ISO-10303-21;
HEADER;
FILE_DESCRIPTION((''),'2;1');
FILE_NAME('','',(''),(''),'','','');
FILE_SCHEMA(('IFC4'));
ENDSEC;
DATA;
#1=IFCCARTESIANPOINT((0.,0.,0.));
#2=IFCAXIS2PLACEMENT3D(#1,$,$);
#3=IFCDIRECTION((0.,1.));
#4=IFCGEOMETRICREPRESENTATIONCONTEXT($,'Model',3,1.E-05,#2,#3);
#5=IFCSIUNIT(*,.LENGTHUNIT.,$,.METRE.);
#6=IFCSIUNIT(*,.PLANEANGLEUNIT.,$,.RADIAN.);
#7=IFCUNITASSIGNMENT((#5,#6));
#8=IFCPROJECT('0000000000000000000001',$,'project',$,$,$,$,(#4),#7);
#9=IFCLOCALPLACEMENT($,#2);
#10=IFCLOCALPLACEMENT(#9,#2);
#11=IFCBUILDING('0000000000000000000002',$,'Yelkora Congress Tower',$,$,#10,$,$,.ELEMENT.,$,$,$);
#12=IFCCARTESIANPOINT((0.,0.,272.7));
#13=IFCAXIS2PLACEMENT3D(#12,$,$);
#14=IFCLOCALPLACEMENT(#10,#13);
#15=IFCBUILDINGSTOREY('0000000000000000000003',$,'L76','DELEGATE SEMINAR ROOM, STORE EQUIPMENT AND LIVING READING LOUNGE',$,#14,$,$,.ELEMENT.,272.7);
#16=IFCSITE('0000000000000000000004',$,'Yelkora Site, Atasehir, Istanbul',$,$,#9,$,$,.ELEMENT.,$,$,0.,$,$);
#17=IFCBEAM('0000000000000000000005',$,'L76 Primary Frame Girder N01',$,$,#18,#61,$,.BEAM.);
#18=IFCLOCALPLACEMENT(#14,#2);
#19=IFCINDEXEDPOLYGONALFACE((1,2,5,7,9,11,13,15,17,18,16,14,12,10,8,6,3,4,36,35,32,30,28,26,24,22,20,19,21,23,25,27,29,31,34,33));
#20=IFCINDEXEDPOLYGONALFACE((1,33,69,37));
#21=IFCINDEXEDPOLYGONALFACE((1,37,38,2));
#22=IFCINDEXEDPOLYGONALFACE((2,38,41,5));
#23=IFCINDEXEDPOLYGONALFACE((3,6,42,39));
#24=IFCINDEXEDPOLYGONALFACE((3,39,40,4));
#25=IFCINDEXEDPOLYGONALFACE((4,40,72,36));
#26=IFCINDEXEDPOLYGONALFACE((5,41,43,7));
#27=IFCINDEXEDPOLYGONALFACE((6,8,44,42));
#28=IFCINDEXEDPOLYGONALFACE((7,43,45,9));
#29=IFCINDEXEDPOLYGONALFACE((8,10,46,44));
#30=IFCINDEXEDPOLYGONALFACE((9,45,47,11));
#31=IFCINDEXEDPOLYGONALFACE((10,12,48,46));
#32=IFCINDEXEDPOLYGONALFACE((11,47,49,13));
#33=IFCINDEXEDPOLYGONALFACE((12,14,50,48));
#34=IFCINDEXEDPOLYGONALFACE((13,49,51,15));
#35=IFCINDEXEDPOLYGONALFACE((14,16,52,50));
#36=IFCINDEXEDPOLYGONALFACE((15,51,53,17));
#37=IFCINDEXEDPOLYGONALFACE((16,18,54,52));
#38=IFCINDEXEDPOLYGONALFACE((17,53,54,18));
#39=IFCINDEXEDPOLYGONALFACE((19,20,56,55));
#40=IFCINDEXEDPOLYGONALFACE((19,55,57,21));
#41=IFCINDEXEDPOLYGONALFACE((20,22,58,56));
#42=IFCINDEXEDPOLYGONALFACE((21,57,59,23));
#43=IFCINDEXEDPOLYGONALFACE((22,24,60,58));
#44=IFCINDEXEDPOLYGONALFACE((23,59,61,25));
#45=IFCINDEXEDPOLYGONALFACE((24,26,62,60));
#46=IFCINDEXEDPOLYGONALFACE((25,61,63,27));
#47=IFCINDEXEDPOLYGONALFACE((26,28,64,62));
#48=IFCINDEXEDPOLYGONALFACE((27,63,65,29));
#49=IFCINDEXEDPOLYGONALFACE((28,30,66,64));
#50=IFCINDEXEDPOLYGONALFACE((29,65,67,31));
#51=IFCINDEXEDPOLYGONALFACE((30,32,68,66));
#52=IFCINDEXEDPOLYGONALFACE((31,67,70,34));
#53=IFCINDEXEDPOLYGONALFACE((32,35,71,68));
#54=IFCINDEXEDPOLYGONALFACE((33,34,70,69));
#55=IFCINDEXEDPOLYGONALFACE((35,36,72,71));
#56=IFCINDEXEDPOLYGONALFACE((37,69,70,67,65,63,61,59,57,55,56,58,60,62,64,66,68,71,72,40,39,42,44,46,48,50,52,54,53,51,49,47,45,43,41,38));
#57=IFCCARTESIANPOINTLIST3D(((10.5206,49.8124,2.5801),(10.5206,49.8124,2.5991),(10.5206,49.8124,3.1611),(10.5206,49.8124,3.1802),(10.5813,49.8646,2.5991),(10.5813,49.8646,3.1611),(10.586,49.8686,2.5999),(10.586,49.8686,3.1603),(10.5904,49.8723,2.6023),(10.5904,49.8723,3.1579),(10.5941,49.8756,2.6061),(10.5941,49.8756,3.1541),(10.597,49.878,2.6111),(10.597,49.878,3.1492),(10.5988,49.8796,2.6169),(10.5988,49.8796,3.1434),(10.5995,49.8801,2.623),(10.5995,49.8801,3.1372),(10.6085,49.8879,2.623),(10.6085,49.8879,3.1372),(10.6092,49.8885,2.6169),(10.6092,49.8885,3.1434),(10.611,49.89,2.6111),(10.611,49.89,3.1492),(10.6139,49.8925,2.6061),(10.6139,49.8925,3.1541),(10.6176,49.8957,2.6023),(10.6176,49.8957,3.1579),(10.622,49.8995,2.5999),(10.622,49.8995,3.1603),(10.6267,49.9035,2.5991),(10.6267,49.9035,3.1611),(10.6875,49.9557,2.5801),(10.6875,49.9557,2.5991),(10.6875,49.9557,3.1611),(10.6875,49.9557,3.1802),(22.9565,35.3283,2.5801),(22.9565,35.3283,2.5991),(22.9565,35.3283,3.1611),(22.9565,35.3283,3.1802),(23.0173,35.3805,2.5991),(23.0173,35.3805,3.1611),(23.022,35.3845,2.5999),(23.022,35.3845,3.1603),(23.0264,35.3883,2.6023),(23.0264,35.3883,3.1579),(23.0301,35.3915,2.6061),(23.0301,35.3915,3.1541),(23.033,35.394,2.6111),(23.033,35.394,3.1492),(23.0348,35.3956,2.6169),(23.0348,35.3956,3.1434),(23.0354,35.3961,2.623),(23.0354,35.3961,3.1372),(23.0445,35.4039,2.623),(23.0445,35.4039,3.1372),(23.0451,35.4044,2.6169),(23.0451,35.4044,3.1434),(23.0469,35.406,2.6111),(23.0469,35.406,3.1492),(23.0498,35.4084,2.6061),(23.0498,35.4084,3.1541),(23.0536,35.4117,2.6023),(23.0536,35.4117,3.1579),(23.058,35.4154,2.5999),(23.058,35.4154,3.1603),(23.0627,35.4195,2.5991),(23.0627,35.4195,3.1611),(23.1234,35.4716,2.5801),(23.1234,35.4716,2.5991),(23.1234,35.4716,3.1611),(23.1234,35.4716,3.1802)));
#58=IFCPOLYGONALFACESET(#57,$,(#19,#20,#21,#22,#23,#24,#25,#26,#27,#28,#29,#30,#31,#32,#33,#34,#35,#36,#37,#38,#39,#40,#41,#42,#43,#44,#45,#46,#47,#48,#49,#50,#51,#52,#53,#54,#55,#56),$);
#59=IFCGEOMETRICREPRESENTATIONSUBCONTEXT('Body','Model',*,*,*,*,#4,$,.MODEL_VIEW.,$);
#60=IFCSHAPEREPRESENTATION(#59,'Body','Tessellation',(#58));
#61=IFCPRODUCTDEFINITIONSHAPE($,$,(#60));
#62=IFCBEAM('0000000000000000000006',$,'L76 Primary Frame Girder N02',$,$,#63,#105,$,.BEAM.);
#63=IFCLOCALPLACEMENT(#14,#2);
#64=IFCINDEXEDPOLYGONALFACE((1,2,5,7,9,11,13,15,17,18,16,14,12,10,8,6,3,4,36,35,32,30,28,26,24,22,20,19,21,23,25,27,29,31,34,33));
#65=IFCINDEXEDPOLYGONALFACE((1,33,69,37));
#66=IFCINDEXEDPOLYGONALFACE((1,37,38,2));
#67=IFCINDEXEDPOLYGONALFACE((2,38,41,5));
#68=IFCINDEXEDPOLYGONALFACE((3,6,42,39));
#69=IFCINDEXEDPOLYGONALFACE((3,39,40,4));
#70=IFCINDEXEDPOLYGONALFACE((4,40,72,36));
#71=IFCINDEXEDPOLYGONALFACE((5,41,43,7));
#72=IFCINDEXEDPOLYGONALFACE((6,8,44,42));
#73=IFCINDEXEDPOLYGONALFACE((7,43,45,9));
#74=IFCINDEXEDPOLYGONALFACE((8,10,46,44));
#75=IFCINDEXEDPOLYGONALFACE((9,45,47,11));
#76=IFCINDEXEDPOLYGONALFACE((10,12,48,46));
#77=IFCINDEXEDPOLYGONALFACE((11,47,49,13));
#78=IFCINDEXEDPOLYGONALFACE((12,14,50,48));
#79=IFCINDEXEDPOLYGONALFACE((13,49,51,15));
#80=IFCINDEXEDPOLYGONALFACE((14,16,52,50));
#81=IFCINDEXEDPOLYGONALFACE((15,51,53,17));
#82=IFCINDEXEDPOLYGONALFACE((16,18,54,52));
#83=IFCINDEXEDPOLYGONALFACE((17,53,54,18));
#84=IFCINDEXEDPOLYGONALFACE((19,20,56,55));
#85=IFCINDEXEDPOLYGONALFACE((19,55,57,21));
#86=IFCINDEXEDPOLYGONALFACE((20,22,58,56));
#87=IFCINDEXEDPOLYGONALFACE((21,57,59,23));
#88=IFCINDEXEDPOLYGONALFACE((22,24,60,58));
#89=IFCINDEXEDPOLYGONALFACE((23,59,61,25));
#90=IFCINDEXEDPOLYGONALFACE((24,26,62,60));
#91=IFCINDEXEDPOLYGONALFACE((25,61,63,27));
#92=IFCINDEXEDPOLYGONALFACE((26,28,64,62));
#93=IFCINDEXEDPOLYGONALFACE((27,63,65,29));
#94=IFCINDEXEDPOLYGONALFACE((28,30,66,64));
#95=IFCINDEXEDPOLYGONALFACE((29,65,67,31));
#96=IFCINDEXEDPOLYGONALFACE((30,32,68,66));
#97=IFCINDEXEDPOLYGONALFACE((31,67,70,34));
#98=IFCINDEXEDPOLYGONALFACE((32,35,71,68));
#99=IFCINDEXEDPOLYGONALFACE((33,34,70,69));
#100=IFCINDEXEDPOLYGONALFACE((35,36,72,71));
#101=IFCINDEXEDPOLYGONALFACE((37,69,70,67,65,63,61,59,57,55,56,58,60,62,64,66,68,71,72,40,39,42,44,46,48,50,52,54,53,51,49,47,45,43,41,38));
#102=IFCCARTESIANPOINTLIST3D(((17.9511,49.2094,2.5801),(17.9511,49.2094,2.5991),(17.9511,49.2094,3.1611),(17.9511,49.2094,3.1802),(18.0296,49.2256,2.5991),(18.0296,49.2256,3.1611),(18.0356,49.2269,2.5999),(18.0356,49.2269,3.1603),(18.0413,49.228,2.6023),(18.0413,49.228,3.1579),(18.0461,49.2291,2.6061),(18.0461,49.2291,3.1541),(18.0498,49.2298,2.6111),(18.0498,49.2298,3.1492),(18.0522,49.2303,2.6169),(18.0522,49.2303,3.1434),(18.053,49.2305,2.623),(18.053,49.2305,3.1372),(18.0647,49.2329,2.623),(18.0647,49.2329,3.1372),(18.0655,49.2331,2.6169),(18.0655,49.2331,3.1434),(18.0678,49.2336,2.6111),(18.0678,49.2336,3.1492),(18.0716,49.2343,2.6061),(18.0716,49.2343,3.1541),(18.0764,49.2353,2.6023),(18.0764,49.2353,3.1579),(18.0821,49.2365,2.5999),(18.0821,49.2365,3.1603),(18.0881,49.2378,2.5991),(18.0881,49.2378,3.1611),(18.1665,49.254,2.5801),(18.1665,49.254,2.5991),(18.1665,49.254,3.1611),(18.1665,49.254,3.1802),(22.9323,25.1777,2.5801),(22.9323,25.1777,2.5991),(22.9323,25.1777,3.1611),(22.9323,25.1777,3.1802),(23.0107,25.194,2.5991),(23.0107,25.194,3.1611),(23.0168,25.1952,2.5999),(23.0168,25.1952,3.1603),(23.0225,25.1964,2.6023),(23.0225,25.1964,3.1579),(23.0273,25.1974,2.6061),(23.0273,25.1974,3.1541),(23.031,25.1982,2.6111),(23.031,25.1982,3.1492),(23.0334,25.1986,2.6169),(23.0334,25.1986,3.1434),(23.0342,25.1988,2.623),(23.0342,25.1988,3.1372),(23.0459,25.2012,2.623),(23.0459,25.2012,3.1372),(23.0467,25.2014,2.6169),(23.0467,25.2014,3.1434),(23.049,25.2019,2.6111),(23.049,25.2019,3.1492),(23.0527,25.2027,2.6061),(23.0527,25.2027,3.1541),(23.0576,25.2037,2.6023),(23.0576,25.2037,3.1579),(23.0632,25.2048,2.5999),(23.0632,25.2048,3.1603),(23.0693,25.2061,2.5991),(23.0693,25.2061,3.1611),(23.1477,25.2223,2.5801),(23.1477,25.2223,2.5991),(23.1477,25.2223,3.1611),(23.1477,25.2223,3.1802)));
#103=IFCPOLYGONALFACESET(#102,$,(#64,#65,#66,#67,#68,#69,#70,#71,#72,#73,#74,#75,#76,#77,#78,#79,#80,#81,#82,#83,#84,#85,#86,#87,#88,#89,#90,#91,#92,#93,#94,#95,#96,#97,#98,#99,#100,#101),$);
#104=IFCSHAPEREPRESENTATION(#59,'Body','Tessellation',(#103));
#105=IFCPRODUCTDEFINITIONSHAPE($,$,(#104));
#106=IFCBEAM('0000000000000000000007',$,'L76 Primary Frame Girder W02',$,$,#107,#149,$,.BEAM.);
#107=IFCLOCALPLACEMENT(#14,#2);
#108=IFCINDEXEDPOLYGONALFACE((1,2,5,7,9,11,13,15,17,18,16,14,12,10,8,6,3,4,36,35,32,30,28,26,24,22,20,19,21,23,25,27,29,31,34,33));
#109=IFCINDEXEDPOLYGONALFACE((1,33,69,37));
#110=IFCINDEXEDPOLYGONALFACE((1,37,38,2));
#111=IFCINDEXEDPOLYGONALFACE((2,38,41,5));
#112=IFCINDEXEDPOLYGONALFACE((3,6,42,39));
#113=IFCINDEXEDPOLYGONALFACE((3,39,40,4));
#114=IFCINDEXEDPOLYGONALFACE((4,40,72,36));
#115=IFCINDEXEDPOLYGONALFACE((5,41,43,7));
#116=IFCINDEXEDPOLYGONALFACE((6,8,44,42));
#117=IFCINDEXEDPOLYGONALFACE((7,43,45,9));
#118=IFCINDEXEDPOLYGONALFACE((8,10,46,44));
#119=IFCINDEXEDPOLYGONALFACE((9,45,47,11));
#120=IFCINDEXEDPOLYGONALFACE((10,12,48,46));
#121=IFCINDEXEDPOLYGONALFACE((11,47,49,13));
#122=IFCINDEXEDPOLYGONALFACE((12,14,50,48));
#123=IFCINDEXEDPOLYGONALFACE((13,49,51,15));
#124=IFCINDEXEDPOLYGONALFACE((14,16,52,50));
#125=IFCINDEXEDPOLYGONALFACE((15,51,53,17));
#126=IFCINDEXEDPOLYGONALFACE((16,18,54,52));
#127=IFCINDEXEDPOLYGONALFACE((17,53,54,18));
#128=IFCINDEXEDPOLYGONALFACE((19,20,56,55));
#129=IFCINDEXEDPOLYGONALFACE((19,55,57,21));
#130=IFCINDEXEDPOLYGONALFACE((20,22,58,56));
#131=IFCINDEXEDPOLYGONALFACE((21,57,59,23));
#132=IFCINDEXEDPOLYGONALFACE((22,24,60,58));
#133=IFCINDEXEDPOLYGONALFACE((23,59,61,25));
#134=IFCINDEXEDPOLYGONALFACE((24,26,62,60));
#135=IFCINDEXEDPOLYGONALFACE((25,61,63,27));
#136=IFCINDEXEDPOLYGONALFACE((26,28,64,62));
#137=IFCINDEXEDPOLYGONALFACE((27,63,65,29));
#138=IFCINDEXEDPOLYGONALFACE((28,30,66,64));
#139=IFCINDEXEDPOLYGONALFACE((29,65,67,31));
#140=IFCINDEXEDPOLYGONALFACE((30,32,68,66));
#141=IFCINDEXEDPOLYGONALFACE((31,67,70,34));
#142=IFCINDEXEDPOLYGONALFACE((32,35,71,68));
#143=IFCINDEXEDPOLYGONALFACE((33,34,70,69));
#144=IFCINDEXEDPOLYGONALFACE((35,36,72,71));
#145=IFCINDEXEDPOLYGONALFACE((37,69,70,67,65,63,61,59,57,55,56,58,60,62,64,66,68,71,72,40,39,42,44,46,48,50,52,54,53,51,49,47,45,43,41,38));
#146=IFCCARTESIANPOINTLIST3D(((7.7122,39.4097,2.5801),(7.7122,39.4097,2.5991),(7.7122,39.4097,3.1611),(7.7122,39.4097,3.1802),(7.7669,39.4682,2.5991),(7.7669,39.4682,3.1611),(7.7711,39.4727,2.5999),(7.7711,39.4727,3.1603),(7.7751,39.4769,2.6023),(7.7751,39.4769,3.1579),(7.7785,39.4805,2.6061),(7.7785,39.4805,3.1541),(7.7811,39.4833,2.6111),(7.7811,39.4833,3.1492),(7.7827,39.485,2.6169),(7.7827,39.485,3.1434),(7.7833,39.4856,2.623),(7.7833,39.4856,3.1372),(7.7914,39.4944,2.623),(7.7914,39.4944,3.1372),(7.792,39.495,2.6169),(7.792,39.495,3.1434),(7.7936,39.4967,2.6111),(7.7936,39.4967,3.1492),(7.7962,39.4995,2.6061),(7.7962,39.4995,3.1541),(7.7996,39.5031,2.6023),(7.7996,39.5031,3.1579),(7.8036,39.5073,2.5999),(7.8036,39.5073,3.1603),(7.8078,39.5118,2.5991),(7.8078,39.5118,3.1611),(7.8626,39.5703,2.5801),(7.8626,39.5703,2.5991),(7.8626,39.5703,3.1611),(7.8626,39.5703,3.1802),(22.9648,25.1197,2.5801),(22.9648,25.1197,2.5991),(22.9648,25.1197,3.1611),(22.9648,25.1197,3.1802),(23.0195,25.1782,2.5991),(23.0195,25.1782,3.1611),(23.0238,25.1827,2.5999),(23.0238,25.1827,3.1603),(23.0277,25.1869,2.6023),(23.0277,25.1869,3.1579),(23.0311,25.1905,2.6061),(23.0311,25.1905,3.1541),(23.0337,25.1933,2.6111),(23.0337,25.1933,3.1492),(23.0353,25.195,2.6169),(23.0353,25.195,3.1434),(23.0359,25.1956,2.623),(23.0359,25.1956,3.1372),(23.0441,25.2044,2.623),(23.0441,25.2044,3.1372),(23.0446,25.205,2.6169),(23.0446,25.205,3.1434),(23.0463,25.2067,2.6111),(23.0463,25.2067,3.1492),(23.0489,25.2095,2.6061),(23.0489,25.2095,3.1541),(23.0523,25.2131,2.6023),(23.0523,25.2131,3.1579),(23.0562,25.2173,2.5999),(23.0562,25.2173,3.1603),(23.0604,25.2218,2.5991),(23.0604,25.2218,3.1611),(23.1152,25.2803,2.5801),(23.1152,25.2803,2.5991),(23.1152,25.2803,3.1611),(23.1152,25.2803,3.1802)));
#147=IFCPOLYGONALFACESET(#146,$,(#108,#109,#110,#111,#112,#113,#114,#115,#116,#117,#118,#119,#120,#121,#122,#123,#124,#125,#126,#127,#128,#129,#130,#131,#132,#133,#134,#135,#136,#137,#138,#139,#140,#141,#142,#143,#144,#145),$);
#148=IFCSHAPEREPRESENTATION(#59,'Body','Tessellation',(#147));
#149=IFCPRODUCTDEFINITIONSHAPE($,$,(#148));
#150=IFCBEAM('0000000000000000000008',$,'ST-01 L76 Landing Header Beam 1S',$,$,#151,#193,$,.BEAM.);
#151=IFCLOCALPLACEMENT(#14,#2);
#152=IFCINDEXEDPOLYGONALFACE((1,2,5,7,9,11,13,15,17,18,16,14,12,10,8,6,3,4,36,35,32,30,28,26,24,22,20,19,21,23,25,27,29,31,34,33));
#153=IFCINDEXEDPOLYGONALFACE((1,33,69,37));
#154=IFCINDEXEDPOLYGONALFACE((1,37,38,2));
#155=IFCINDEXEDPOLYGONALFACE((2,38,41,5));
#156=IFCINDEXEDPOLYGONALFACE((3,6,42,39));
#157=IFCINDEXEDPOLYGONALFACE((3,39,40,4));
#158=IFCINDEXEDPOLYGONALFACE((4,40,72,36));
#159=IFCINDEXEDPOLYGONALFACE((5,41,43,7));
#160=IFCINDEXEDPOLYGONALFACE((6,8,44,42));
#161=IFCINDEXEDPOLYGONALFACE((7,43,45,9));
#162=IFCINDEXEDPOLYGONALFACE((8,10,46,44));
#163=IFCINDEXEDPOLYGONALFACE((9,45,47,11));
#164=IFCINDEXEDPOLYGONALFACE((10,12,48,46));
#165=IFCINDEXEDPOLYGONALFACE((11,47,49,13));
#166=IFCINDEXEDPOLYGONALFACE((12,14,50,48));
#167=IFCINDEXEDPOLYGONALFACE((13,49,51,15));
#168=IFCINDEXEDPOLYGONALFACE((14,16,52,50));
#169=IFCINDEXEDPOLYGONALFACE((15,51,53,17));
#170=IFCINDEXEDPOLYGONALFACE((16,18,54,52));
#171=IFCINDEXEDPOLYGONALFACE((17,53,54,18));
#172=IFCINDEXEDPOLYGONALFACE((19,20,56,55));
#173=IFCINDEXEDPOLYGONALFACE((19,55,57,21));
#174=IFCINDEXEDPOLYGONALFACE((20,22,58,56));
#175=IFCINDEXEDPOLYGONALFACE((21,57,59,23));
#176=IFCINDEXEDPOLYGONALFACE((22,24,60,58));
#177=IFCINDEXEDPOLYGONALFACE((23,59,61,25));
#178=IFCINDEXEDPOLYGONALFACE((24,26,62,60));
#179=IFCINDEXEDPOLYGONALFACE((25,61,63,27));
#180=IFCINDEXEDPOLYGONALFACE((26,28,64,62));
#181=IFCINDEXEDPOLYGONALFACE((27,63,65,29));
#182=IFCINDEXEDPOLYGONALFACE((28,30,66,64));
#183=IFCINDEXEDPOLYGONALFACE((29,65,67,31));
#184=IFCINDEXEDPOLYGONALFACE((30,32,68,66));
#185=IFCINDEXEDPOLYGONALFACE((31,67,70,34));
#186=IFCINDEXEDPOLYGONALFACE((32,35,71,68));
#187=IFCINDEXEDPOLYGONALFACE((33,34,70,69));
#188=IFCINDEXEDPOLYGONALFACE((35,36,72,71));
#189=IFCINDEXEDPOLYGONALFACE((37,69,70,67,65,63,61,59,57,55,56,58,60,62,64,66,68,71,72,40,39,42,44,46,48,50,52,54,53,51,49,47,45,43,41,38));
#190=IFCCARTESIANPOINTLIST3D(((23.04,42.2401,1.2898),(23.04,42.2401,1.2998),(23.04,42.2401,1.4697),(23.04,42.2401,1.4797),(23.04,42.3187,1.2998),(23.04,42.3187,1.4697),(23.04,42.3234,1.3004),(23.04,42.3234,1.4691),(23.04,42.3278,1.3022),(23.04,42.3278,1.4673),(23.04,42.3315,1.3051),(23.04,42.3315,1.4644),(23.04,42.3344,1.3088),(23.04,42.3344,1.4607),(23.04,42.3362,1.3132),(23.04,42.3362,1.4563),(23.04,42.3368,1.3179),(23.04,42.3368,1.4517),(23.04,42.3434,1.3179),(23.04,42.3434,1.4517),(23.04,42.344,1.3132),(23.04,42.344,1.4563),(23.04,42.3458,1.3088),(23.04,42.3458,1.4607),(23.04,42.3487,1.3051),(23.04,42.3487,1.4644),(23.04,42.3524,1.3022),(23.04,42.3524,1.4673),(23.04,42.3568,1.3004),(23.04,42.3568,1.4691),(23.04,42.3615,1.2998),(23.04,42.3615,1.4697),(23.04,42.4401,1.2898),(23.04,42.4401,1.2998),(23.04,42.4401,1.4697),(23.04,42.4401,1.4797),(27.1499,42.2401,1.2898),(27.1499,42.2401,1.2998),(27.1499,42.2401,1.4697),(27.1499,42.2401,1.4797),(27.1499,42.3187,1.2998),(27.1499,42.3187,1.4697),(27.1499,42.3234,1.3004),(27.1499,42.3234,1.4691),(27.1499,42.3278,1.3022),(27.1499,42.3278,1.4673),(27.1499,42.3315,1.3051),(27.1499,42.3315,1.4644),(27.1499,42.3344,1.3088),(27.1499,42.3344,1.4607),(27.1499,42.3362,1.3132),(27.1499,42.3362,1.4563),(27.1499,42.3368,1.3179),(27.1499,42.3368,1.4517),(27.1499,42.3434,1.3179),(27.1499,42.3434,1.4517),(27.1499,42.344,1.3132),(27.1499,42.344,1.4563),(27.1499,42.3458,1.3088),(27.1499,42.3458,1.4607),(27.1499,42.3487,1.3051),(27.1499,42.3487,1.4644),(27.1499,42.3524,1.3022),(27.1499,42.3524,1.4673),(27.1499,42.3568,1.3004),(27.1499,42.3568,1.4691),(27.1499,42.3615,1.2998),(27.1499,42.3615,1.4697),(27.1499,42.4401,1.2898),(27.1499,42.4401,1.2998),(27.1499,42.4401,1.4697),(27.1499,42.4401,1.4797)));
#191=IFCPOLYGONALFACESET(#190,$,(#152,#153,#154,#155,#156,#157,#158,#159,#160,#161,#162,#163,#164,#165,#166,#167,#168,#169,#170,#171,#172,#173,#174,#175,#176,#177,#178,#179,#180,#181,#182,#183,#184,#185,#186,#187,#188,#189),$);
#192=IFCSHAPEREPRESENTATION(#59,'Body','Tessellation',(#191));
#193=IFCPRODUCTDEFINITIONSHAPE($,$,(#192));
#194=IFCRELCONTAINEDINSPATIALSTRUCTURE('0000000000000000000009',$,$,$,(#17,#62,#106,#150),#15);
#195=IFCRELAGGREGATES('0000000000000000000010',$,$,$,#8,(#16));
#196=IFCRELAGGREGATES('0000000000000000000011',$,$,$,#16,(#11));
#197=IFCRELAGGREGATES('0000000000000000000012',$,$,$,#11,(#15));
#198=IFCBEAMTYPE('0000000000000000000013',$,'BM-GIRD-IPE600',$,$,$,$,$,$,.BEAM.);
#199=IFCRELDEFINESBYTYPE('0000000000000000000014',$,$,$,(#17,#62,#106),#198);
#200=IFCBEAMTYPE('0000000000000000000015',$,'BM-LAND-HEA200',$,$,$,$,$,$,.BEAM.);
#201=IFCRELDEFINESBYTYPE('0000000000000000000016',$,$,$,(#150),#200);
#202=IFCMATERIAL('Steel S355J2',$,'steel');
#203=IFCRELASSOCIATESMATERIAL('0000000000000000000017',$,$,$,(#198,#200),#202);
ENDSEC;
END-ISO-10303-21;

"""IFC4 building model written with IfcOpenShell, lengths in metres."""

from ifc_helpers import new_model, si_unit, direction, frame, origin, origin_2d, place, context, subcontext, project, spatial, i_section, extrude, material, material_profile, profile_set, type_object, element, save


model = new_model("IFC4")

# Units and contexts
model_context = context("Model", 3, precision=1e-05, world=origin(), true_north=direction((0.0, 1.0)))
body_context = subcontext(model_context, "Body", "Model", "MODEL_VIEW")
ifc_project = project(units=[si_unit("LENGTHUNIT", "METRE"), si_unit("PLANEANGLEUNIT", "RADIAN")], contexts=[model_context])

# Site, building, storey
site_placement = place(None, origin())
site = spatial("IfcSite", under=ifc_project, at=site_placement, Name="Yelkora Site, Atasehir, Istanbul", CompositionType="ELEMENT", RefElevation=0.0)
building_placement = place(site_placement, origin())
building = spatial("IfcBuilding", under=site, at=building_placement, Name="Yelkora Congress Tower", CompositionType="ELEMENT")
storey_placement = place(building_placement, frame((0.0, 0.0, 272.7)))
storey = spatial("IfcBuildingStorey", under=building, at=storey_placement, Name="L76", Description="DELEGATE SEMINAR ROOM, STORE EQUIPMENT AND LIVING READING LOUNGE", CompositionType="ELEMENT", Elevation=272.7)

# Shared definitions
ifc_material_1 = material(Name="Steel S355J2", Category="steel")

# Beams
ifc_material_profile_1 = material_profile(ifc_material_1, i_section(OverallWidth=0.22, OverallDepth=0.6001, WebThickness=0.012, FlangeThickness=0.019, FilletRadius=0.0239, at=origin_2d()), Name="IPE 600")
ifc_profile_set_1 = profile_set([ifc_material_profile_1], Name="Steel S355J2")
beam_type_1 = type_object("IfcBeamType", Name="BM-GIRD-IPE600", PredefinedType="BEAM", material=ifc_profile_set_1)
beam_1_placement = place(storey_placement, frame((10.604, 49.884, 2.8801), z_axis=(0.651427, -0.758711, 0.0), x_axis=(0.758711, 0.651427, 0.0)))
element("IfcBeam", 1, at=beam_1_placement, inside=storey, type_object=beam_type_1, Name="L76 Primary Frame Girder N01", PredefinedType="BEAM", context=body_context, shape_type="SweptSolid", body=[
    extrude(i_section(OverallWidth=0.22, OverallDepth=0.6001, WebThickness=0.012, FlangeThickness=0.019, FilletRadius=0.0239, at=origin_2d()), origin(), (0.0, 0.0, 1.0), 19.0903),
])
beam_2_placement = place(storey_placement, frame((18.0588, 49.2317, 2.8801), z_axis=(0.202962, -0.979187, 0.0), x_axis=(0.979187, 0.202962, 0.0)))
element("IfcBeam", 2, at=beam_2_placement, inside=storey, type_object=beam_type_1, Name="L76 Primary Frame Girder N02", PredefinedType="BEAM", context=body_context, shape_type="SweptSolid", body=[
    extrude(i_section(OverallWidth=0.22, OverallDepth=0.6001, WebThickness=0.012, FlangeThickness=0.019, FilletRadius=0.0239, at=origin_2d()), origin(), (0.0, 0.0, 1.0), 24.5425),
])
beam_3_placement = place(storey_placement, frame((7.7874, 39.49, 2.8801), z_axis=(0.72976, -0.683703, 0.0), x_axis=(0.683703, 0.72976, 0.0)))
element("IfcBeam", 3, at=beam_3_placement, inside=storey, type_object=beam_type_1, Name="L76 Primary Frame Girder W02", PredefinedType="BEAM", context=body_context, shape_type="SweptSolid", body=[
    extrude(i_section(OverallWidth=0.22, OverallDepth=0.6001, WebThickness=0.012, FlangeThickness=0.019, FilletRadius=0.0239, at=origin_2d()), origin(), (0.0, 0.0, 1.0), 20.9009),
])
ifc_material_profile_2 = material_profile(ifc_material_1, i_section(OverallWidth=0.2, OverallDepth=0.1899, WebThickness=0.0066, FlangeThickness=0.01, FilletRadius=0.0181, at=origin_2d()), Name="HEA 200")
ifc_profile_set_2 = profile_set([ifc_material_profile_2], Name="Steel S355J2")
beam_type_2 = type_object("IfcBeamType", Name="BM-LAND-HEA200", PredefinedType="BEAM", material=ifc_profile_set_2)
for number, where, z_axis, x_axis, name in (
    (4, (23.04, 42.3401, 1.3848), (1.0, 0.0, 0.0), (0.0, 1.0, 0.0), "ST-01 L76 Landing Header Beam 1S"),
):
    element("IfcBeam", number, at=place(storey_placement, frame(where, z_axis=z_axis, x_axis=x_axis)), inside=storey, type_object=beam_type_2, Name=name, PredefinedType="BEAM", context=body_context, shape_type="SweptSolid", body=[
        extrude(i_section(OverallWidth=0.2, OverallDepth=0.1899, WebThickness=0.0066, FlangeThickness=0.01, FilletRadius=0.0181, at=origin_2d()), origin(), (0.0, 0.0, 1.0), 4.1099),
    ])

save(model, "model.ifc")
